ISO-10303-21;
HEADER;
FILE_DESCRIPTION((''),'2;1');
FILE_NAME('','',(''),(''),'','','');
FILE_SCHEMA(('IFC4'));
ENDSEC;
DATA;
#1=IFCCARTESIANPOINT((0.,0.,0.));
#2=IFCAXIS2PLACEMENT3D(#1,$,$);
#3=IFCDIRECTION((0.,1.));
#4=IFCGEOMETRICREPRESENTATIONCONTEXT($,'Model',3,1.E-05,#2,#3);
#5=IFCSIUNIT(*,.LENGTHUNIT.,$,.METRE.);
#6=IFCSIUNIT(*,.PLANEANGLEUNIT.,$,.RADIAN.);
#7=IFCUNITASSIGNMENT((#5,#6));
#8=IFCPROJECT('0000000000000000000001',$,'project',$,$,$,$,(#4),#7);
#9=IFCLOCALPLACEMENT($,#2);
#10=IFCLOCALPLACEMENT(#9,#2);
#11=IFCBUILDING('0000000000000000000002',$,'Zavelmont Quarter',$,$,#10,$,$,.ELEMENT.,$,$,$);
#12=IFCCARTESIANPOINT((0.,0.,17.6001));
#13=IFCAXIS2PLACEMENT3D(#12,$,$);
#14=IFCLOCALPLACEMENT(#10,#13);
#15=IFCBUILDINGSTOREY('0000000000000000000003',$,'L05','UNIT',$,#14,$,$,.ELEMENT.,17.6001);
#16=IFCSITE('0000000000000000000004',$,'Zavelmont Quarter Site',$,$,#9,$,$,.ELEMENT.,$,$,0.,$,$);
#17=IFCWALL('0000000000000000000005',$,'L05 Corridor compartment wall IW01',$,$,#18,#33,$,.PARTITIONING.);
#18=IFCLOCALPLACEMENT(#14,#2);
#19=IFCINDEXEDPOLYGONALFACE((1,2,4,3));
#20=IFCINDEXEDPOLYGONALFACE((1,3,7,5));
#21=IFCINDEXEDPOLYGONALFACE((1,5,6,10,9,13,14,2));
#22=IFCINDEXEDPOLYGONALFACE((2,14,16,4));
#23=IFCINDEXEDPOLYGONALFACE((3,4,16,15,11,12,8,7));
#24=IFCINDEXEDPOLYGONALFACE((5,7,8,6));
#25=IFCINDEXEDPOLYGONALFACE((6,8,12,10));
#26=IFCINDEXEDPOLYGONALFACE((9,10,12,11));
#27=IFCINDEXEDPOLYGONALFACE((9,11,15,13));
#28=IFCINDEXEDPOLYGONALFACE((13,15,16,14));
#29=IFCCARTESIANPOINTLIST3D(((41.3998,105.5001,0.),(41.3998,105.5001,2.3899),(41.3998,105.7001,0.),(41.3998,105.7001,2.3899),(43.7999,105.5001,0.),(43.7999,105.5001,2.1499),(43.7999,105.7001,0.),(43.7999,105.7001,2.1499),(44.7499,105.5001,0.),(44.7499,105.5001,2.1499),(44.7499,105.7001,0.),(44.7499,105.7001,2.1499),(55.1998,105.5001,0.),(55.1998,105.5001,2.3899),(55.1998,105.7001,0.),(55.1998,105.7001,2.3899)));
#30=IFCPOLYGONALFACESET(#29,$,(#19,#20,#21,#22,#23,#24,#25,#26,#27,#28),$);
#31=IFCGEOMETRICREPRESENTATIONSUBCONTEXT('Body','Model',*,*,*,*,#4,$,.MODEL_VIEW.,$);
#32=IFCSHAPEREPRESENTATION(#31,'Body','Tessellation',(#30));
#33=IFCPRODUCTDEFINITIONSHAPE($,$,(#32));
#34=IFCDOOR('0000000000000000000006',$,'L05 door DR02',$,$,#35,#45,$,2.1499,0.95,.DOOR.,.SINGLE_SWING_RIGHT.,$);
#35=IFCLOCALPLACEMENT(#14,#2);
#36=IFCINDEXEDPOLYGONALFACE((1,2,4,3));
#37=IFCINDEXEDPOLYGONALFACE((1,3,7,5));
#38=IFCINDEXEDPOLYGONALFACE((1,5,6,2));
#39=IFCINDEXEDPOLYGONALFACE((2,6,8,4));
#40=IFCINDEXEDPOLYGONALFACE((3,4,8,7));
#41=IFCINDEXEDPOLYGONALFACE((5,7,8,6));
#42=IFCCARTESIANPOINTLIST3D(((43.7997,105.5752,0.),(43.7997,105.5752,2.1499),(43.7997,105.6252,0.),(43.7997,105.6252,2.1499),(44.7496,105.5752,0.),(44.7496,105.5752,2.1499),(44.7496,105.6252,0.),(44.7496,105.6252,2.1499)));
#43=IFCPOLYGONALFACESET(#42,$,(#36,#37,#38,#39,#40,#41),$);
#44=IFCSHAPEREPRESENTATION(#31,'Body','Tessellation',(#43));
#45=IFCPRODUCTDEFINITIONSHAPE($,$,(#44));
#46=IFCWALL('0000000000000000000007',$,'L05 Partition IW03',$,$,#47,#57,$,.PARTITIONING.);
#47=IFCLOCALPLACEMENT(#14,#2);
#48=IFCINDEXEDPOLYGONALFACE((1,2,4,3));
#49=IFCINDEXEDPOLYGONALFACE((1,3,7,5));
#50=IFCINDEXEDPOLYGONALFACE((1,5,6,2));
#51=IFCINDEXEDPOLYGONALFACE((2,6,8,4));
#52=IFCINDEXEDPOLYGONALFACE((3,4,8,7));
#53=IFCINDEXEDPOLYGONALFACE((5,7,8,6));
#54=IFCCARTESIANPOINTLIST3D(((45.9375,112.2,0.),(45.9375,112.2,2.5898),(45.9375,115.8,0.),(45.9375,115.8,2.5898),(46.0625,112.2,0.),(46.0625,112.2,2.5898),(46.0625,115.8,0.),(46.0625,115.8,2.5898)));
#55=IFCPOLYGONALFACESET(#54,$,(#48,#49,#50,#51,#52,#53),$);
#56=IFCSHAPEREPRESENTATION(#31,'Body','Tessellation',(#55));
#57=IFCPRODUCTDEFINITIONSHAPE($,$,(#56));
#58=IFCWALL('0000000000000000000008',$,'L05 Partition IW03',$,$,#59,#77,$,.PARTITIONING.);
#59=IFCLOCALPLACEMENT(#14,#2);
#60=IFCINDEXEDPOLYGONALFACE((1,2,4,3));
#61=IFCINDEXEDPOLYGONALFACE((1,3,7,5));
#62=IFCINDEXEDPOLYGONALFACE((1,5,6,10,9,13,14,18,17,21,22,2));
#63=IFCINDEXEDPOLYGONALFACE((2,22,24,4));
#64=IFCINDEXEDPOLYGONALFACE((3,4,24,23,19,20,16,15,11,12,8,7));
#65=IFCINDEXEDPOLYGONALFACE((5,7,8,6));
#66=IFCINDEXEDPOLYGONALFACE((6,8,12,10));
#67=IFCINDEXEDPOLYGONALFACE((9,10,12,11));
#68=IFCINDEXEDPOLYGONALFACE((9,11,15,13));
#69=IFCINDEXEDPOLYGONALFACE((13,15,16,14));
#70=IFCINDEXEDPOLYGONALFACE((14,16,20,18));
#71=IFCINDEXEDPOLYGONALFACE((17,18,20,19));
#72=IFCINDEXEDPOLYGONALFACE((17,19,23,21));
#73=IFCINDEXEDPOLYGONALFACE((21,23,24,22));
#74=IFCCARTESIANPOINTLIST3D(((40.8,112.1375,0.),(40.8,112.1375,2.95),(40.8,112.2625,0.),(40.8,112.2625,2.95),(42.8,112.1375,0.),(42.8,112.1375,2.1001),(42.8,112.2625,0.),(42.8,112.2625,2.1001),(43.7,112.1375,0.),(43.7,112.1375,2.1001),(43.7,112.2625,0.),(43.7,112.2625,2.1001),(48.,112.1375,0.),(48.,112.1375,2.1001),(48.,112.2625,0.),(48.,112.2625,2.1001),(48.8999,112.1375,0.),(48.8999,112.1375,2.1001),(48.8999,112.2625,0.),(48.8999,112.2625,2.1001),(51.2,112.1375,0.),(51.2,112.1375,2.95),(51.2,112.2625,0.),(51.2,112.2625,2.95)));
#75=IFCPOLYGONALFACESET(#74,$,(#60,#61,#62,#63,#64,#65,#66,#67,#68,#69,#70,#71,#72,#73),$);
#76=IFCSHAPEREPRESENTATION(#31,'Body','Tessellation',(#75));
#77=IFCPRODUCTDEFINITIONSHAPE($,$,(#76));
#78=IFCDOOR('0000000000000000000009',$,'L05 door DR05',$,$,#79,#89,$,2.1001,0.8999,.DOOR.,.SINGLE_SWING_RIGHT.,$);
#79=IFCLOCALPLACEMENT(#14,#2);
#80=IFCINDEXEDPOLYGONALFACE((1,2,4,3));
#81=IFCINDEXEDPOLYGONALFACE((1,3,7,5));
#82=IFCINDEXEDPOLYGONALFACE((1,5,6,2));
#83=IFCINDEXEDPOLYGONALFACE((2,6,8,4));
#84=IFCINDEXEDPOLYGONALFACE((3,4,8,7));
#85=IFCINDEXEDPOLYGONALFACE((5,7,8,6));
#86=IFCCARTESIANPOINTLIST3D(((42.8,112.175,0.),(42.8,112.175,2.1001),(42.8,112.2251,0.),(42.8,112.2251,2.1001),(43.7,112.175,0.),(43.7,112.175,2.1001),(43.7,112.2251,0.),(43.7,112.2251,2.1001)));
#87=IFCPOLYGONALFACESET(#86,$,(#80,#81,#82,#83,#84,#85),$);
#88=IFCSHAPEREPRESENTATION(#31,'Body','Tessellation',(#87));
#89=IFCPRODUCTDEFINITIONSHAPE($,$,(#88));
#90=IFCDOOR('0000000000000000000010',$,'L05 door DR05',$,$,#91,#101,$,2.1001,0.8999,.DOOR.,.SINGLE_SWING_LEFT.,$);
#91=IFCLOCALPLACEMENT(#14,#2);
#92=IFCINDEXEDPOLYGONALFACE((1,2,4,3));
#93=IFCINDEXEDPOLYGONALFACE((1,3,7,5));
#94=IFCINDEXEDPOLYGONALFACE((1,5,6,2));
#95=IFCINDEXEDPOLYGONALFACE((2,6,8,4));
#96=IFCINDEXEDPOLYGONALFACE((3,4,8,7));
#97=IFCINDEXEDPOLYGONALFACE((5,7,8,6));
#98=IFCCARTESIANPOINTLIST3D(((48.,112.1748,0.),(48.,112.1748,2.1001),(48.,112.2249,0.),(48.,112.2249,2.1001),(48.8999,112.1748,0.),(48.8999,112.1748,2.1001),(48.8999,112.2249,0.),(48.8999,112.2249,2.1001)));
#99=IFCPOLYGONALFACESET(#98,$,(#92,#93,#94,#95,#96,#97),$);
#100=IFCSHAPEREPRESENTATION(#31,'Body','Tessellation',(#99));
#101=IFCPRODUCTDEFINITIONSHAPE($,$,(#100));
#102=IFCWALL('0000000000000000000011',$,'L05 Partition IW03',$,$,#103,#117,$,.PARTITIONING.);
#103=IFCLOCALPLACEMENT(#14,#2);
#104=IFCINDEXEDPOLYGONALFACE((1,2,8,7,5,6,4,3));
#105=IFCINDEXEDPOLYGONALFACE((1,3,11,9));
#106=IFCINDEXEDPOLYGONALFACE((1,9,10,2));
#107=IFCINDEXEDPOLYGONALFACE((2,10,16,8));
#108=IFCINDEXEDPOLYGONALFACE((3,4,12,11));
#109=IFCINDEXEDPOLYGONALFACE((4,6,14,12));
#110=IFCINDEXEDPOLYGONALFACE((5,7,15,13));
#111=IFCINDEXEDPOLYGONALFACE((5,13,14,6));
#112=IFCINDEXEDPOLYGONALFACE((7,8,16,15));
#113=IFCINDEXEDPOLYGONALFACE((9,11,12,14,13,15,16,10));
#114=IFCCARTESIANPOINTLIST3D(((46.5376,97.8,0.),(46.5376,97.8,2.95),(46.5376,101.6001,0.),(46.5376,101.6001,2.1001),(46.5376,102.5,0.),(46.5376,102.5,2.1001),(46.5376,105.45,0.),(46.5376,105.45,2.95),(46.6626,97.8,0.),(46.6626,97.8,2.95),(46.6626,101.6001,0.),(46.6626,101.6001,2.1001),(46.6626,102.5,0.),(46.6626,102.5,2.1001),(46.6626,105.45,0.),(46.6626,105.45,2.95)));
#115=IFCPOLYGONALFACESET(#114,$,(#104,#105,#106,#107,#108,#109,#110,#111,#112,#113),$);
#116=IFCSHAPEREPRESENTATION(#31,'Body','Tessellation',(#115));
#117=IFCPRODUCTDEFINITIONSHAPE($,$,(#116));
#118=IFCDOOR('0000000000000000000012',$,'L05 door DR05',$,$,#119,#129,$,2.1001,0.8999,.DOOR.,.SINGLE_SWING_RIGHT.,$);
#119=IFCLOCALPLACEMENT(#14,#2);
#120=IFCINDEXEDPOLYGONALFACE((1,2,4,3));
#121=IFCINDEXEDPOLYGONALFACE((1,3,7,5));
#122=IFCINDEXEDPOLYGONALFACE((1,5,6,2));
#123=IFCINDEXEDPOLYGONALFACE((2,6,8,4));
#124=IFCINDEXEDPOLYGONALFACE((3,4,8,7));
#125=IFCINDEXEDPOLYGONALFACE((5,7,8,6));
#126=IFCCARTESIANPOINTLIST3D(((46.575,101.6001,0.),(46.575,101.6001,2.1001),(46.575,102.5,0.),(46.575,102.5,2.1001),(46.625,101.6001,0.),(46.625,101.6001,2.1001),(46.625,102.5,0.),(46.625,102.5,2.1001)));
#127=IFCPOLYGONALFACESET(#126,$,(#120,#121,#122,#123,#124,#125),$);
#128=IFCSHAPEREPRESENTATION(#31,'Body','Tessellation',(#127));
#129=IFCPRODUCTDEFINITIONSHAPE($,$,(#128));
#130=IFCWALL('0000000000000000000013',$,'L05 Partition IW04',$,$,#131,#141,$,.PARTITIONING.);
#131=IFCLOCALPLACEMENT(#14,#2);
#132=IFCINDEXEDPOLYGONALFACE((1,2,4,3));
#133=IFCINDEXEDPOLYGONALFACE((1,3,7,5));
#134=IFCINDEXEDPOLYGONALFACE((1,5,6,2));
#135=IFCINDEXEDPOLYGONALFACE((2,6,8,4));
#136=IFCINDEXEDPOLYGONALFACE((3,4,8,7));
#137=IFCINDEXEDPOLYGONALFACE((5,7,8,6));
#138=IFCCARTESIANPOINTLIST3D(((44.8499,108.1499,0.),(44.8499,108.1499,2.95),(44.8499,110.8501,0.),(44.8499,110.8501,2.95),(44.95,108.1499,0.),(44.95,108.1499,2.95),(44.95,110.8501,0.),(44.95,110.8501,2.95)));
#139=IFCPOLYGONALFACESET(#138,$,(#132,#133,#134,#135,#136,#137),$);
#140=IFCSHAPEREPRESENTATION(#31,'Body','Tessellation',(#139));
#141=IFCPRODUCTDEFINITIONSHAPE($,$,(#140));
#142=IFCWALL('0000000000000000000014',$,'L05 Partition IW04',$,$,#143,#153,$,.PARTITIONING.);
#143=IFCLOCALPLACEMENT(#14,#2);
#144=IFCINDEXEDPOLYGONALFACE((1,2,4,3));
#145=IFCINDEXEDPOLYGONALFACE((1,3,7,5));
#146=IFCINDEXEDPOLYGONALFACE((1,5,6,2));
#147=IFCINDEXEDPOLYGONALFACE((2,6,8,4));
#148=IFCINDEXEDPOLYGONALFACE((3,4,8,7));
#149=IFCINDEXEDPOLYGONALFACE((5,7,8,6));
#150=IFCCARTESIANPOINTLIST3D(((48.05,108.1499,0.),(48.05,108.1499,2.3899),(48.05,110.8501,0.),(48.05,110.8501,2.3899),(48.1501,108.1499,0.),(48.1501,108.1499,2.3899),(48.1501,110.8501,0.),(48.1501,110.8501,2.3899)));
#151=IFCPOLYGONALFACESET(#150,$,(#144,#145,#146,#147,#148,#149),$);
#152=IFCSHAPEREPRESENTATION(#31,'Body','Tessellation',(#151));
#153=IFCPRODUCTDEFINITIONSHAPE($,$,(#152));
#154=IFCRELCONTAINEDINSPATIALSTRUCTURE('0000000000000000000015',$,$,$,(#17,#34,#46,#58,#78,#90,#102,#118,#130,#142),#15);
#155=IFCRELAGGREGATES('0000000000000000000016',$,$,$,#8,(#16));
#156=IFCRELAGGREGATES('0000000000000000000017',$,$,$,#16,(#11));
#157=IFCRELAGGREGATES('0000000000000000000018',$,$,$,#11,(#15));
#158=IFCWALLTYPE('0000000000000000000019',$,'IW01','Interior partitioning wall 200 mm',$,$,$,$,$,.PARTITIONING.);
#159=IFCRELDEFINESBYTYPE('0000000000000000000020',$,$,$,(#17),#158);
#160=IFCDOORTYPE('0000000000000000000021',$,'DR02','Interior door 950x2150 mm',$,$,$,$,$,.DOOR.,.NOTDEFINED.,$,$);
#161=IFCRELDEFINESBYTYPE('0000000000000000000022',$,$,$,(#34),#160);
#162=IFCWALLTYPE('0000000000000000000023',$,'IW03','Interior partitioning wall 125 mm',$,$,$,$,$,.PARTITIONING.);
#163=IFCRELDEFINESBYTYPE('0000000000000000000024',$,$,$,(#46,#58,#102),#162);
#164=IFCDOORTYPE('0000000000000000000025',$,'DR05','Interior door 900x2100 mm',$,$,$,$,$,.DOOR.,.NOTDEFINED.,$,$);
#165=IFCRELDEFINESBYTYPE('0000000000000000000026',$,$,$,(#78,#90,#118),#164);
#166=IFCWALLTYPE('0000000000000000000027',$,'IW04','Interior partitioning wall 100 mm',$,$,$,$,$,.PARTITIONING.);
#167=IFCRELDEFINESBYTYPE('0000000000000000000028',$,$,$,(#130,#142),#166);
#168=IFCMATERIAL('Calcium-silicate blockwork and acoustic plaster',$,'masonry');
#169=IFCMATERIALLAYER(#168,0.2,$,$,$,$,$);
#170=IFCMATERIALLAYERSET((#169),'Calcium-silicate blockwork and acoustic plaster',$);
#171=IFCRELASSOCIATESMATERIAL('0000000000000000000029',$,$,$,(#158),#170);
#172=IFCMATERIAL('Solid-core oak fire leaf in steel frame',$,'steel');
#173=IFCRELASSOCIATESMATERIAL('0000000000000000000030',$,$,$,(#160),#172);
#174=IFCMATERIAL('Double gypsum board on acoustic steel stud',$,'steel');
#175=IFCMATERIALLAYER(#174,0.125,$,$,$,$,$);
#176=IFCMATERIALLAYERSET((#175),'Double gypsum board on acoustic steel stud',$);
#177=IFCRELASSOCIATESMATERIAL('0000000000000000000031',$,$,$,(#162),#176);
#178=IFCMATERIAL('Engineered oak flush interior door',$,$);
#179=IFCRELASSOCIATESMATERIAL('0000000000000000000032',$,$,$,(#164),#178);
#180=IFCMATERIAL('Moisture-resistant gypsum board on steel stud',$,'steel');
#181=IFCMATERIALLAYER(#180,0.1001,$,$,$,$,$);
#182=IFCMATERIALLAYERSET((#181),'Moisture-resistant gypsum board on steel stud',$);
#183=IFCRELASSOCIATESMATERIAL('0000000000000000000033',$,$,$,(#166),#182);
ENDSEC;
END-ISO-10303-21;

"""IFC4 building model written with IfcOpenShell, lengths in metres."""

from ifc_helpers import new_model, si_unit, direction, frame, frame_2d, origin, origin_with_axes, place, context, subcontext, project, spatial, rectangle, extrude, material, layer, layer_set, type_object, element, fill, save


model = new_model("IFC4")

# Units and contexts
model_context = context("Model", 3, precision=1e-05, world=origin(), true_north=direction((0.0, 1.0)))
body_context = subcontext(model_context, "Body", "Model", "MODEL_VIEW")
ifc_project = project(units=[si_unit("LENGTHUNIT", "METRE"), si_unit("PLANEANGLEUNIT", "RADIAN")], contexts=[model_context])

# Site, building, storey
site_placement = place(None, origin())
site = spatial("IfcSite", under=ifc_project, at=site_placement, Name="Zavelmont Quarter Site", CompositionType="ELEMENT", RefElevation=0.0)
building_placement = place(site_placement, origin())
building = spatial("IfcBuilding", under=site, at=building_placement, Name="Zavelmont Quarter", CompositionType="ELEMENT")
storey_placement = place(building_placement, frame((0.0, 0.0, 17.6001)))
storey = spatial("IfcBuildingStorey", under=building, at=storey_placement, Name="L05", Description="UNIT", CompositionType="ELEMENT", Elevation=17.6001)

# Wall, opening, door
ifc_material_1 = material(Name="Calcium-silicate blockwork and acoustic plaster", Category="masonry")
ifc_layer_1 = layer(ifc_material_1, 0.2)
ifc_layer_set_1 = layer_set([ifc_layer_1], Name="Calcium-silicate blockwork and acoustic plaster")
wall_type_1 = type_object("IfcWallType", Name="IW01", Description="Interior partitioning wall 200 mm", PredefinedType="PARTITIONING", material=ifc_layer_set_1)
wall_1_placement = place(storey_placement, frame((41.3999, 105.6001, 0.0), z_axis=(0.0, 0.0, 1.0), x_axis=(1.0, 0.0, 0.0)))
wall_1 = element("IfcWall", 1, at=wall_1_placement, inside=storey, type_object=wall_type_1, Name="L05 Corridor compartment wall IW01", PredefinedType="PARTITIONING", context=body_context, shape_type="SweptSolid", body=[
    extrude(rectangle(XDim=13.8, YDim=0.2, at=frame_2d((6.8999, 0.0))), origin(), (0.0, 0.0, 1.0), 2.3899),
])
opening_1_placement = place(wall_1_placement, frame((2.3999, 0.0, 0.0)))
opening_1 = element("IfcOpeningElement", 2, at=opening_1_placement, cuts=wall_1, PredefinedType="OPENING", context=body_context, shape_type="SweptSolid", body=[
    extrude(rectangle(XDim=0.95, YDim=2.1499, at=frame_2d((0.4751, 1.075))), frame((0.0, 0.1118, 0.0), z_axis=(0.0, -1.0, 0.0), x_axis=(1.0, 0.0, 0.0)), (0.0, 0.0, 1.0), 0.2239),
])
ifc_material_2 = material(Name="Solid-core oak fire leaf in steel frame", Category="steel")
door_type_1 = type_object("IfcDoorType", Name="DR02", Description="Interior door 950x2150 mm", OperationType="NOTDEFINED", PredefinedType="DOOR", material=ifc_material_2)
door_1_placement = place(opening_1_placement, frame((0.95, 0.0, 0.0), z_axis=(0.0, 0.0, 1.0), x_axis=(-1.0, 0.0, 0.0)))
door_1 = element("IfcDoor", 3, at=door_1_placement, inside=storey, type_object=door_type_1, Name="L05 door DR02", OperationType="SINGLE_SWING_RIGHT", OverallHeight=2.1499, OverallWidth=0.95, PredefinedType="DOOR", context=body_context, shape_type="SweptSolid", body=[
    extrude(rectangle(XDim=0.95, YDim=2.1499, at=frame_2d((0.4751, 1.075))), frame((0.0, 0.0249, 0.0), z_axis=(0.0, -1.0, 0.0), x_axis=(1.0, 0.0, 0.0)), (0.0, 0.0, 1.0), 0.05),
])
fill(opening_1, door_1)

# Wall
ifc_material_3 = material(Name="Double gypsum board on acoustic steel stud", Category="steel")
ifc_layer_2 = layer(ifc_material_3, 0.125)
ifc_layer_set_2 = layer_set([ifc_layer_2], Name="Double gypsum board on acoustic steel stud")
wall_type_2 = type_object("IfcWallType", Name="IW03", Description="Interior partitioning wall 125 mm", PredefinedType="PARTITIONING", material=ifc_layer_set_2)
wall_2_placement = place(storey_placement, frame((46.0, 112.2, 0.0), z_axis=(0.0, 0.0, 1.0), x_axis=(0.0, 1.0, 0.0)))
element("IfcWall", 4, at=wall_2_placement, inside=storey, type_object=wall_type_2, Name="L05 Partition IW03", PredefinedType="PARTITIONING", context=body_context, shape_type="SweptSolid", body=[
    extrude(rectangle(XDim=3.6001, YDim=0.125, at=frame_2d((1.8, 0.0))), origin(), (0.0, 0.0, 1.0), 2.5898),
])

# Wall, openings, doors
wall_3_placement = place(storey_placement, frame((40.8, 112.2, 0.0), z_axis=(0.0, 0.0, 1.0), x_axis=(1.0, 0.0, 0.0)))
wall_3 = element("IfcWall", 5, at=wall_3_placement, inside=storey, type_object=wall_type_2, Name="L05 Partition IW03", PredefinedType="PARTITIONING", context=body_context, shape_type="SweptSolid", body=[
    extrude(rectangle(XDim=10.3999, YDim=0.125, at=frame_2d((5.2, 0.0))), origin(), (0.0, 0.0, 1.0), 2.95),
])
opening_2_placement = place(wall_3_placement, frame((2.0, 0.0, 0.0)))
opening_2 = element("IfcOpeningElement", 6, at=opening_2_placement, cuts=wall_3, PredefinedType="OPENING", context=body_context, shape_type="SweptSolid", body=[
    extrude(rectangle(XDim=0.8999, YDim=2.1001, at=frame_2d((0.45, 1.05))), frame((0.0, 0.0745, 0.0), z_axis=(0.0, -1.0, 0.0), x_axis=(1.0, 0.0, 0.0)), (0.0, 0.0, 1.0), 0.1489),
])
opening_3_placement = place(wall_3_placement, frame((7.2, 0.0, 0.0)))
opening_3 = element("IfcOpeningElement", 7, at=opening_3_placement, cuts=wall_3, PredefinedType="OPENING", context=body_context, shape_type="SweptSolid", body=[
    extrude(rectangle(XDim=0.8999, YDim=2.1001, at=frame_2d((0.45, 1.05))), frame((0.0, 0.0745, 0.0), z_axis=(0.0, -1.0, 0.0), x_axis=(1.0, 0.0, 0.0)), (0.0, 0.0, 1.0), 0.1489),
])
ifc_material_4 = material(Name="Engineered oak flush interior door")
door_type_2 = type_object("IfcDoorType", Name="DR05", Description="Interior door 900x2100 mm", OperationType="NOTDEFINED", PredefinedType="DOOR", material=ifc_material_4)
door_2_placement = place(opening_2_placement, frame((0.8999, 0.0, 0.0), z_axis=(0.0, 0.0, 1.0), x_axis=(-1.0, 0.0, 0.0)))
door_2 = element("IfcDoor", 8, at=door_2_placement, inside=storey, type_object=door_type_2, Name="L05 door DR05", OperationType="SINGLE_SWING_RIGHT", OverallHeight=2.1001, OverallWidth=0.8999, PredefinedType="DOOR", context=body_context, shape_type="SweptSolid", body=[
    extrude(rectangle(XDim=0.8999, YDim=2.1001, at=frame_2d((0.45, 1.05))), frame((0.0, 0.0249, 0.0), z_axis=(0.0, -1.0, 0.0), x_axis=(1.0, 0.0, 0.0)), (0.0, 0.0, 1.0), 0.05),
])
fill(opening_2, door_2)
door_3_placement = place(opening_3_placement, origin_with_axes())
door_3 = element("IfcDoor", 9, at=door_3_placement, inside=storey, type_object=door_type_2, Name="L05 door DR05", OperationType="SINGLE_SWING_LEFT", OverallHeight=2.1001, OverallWidth=0.8999, PredefinedType="DOOR", context=body_context, shape_type="SweptSolid", body=[
    extrude(rectangle(XDim=0.8999, YDim=2.1001, at=frame_2d((0.45, 1.05))), frame((0.0, 0.0249, 0.0), z_axis=(0.0, -1.0, 0.0), x_axis=(1.0, 0.0, 0.0)), (0.0, 0.0, 1.0), 0.05),
])
fill(opening_3, door_3)

# Wall, opening, door
wall_4_placement = place(storey_placement, frame((46.6001, 105.45, 0.0), z_axis=(0.0, 0.0, 1.0), x_axis=(0.0, -1.0, 0.0)))
wall_4 = element("IfcWall", 10, at=wall_4_placement, inside=storey, type_object=wall_type_2, Name="L05 Partition IW03", PredefinedType="PARTITIONING", context=body_context, shape_type="SweptSolid", body=[
    extrude(rectangle(XDim=7.6499, YDim=0.125, at=frame_2d((3.825, 0.0))), origin(), (0.0, 0.0, 1.0), 2.95),
])
opening_4_placement = place(wall_4_placement, frame((2.95, 0.0, 0.0)))
opening_4 = element("IfcOpeningElement", 11, at=opening_4_placement, cuts=wall_4, PredefinedType="OPENING", context=body_context, shape_type="SweptSolid", body=[
    extrude(rectangle(XDim=0.8999, YDim=2.1001, at=frame_2d((0.45, 1.05))), frame((0.0, 0.0745, 0.0), z_axis=(0.0, -1.0, 0.0), x_axis=(1.0, 0.0, 0.0)), (0.0, 0.0, 1.0), 0.1489),
])
door_4_placement = place(opening_4_placement, origin_with_axes())
door_4 = element("IfcDoor", 12, at=door_4_placement, inside=storey, type_object=door_type_2, Name="L05 door DR05", OperationType="SINGLE_SWING_RIGHT", OverallHeight=2.1001, OverallWidth=0.8999, PredefinedType="DOOR", context=body_context, shape_type="SweptSolid", body=[
    extrude(rectangle(XDim=0.8999, YDim=2.1001, at=frame_2d((0.45, 1.05))), frame((0.0, 0.0249, 0.0), z_axis=(0.0, -1.0, 0.0), x_axis=(1.0, 0.0, 0.0)), (0.0, 0.0, 1.0), 0.05),
])
fill(opening_4, door_4)

# Walls
ifc_material_5 = material(Name="Moisture-resistant gypsum board on steel stud", Category="steel")
ifc_layer_3 = layer(ifc_material_5, 0.1001)
ifc_layer_set_3 = layer_set([ifc_layer_3], Name="Moisture-resistant gypsum board on steel stud")
wall_type_3 = type_object("IfcWallType", Name="IW04", Description="Interior partitioning wall 100 mm", PredefinedType="PARTITIONING", material=ifc_layer_set_3)
wall_5_placement = place(storey_placement, frame((44.8999, 108.1499, 0.0), z_axis=(0.0, 0.0, 1.0), x_axis=(0.0, 1.0, 0.0)))
element("IfcWall", 13, at=wall_5_placement, inside=storey, type_object=wall_type_3, Name="L05 Partition IW04", PredefinedType="PARTITIONING", context=body_context, shape_type="SweptSolid", body=[
    extrude(rectangle(XDim=2.7002, YDim=0.1001, at=frame_2d((1.3501, 0.0))), origin(), (0.0, 0.0, 1.0), 2.95),
])
wall_6_placement = place(storey_placement, frame((48.1001, 108.1499, 0.0), z_axis=(0.0, 0.0, 1.0), x_axis=(0.0, 1.0, 0.0)))
element("IfcWall", 14, at=wall_6_placement, inside=storey, type_object=wall_type_3, Name="L05 Partition IW04", PredefinedType="PARTITIONING", context=body_context, shape_type="SweptSolid", body=[
    extrude(rectangle(XDim=2.7002, YDim=0.1001, at=frame_2d((1.3501, 0.0))), origin(), (0.0, 0.0, 1.0), 2.3899),
])

save(model, "model.ifc")
